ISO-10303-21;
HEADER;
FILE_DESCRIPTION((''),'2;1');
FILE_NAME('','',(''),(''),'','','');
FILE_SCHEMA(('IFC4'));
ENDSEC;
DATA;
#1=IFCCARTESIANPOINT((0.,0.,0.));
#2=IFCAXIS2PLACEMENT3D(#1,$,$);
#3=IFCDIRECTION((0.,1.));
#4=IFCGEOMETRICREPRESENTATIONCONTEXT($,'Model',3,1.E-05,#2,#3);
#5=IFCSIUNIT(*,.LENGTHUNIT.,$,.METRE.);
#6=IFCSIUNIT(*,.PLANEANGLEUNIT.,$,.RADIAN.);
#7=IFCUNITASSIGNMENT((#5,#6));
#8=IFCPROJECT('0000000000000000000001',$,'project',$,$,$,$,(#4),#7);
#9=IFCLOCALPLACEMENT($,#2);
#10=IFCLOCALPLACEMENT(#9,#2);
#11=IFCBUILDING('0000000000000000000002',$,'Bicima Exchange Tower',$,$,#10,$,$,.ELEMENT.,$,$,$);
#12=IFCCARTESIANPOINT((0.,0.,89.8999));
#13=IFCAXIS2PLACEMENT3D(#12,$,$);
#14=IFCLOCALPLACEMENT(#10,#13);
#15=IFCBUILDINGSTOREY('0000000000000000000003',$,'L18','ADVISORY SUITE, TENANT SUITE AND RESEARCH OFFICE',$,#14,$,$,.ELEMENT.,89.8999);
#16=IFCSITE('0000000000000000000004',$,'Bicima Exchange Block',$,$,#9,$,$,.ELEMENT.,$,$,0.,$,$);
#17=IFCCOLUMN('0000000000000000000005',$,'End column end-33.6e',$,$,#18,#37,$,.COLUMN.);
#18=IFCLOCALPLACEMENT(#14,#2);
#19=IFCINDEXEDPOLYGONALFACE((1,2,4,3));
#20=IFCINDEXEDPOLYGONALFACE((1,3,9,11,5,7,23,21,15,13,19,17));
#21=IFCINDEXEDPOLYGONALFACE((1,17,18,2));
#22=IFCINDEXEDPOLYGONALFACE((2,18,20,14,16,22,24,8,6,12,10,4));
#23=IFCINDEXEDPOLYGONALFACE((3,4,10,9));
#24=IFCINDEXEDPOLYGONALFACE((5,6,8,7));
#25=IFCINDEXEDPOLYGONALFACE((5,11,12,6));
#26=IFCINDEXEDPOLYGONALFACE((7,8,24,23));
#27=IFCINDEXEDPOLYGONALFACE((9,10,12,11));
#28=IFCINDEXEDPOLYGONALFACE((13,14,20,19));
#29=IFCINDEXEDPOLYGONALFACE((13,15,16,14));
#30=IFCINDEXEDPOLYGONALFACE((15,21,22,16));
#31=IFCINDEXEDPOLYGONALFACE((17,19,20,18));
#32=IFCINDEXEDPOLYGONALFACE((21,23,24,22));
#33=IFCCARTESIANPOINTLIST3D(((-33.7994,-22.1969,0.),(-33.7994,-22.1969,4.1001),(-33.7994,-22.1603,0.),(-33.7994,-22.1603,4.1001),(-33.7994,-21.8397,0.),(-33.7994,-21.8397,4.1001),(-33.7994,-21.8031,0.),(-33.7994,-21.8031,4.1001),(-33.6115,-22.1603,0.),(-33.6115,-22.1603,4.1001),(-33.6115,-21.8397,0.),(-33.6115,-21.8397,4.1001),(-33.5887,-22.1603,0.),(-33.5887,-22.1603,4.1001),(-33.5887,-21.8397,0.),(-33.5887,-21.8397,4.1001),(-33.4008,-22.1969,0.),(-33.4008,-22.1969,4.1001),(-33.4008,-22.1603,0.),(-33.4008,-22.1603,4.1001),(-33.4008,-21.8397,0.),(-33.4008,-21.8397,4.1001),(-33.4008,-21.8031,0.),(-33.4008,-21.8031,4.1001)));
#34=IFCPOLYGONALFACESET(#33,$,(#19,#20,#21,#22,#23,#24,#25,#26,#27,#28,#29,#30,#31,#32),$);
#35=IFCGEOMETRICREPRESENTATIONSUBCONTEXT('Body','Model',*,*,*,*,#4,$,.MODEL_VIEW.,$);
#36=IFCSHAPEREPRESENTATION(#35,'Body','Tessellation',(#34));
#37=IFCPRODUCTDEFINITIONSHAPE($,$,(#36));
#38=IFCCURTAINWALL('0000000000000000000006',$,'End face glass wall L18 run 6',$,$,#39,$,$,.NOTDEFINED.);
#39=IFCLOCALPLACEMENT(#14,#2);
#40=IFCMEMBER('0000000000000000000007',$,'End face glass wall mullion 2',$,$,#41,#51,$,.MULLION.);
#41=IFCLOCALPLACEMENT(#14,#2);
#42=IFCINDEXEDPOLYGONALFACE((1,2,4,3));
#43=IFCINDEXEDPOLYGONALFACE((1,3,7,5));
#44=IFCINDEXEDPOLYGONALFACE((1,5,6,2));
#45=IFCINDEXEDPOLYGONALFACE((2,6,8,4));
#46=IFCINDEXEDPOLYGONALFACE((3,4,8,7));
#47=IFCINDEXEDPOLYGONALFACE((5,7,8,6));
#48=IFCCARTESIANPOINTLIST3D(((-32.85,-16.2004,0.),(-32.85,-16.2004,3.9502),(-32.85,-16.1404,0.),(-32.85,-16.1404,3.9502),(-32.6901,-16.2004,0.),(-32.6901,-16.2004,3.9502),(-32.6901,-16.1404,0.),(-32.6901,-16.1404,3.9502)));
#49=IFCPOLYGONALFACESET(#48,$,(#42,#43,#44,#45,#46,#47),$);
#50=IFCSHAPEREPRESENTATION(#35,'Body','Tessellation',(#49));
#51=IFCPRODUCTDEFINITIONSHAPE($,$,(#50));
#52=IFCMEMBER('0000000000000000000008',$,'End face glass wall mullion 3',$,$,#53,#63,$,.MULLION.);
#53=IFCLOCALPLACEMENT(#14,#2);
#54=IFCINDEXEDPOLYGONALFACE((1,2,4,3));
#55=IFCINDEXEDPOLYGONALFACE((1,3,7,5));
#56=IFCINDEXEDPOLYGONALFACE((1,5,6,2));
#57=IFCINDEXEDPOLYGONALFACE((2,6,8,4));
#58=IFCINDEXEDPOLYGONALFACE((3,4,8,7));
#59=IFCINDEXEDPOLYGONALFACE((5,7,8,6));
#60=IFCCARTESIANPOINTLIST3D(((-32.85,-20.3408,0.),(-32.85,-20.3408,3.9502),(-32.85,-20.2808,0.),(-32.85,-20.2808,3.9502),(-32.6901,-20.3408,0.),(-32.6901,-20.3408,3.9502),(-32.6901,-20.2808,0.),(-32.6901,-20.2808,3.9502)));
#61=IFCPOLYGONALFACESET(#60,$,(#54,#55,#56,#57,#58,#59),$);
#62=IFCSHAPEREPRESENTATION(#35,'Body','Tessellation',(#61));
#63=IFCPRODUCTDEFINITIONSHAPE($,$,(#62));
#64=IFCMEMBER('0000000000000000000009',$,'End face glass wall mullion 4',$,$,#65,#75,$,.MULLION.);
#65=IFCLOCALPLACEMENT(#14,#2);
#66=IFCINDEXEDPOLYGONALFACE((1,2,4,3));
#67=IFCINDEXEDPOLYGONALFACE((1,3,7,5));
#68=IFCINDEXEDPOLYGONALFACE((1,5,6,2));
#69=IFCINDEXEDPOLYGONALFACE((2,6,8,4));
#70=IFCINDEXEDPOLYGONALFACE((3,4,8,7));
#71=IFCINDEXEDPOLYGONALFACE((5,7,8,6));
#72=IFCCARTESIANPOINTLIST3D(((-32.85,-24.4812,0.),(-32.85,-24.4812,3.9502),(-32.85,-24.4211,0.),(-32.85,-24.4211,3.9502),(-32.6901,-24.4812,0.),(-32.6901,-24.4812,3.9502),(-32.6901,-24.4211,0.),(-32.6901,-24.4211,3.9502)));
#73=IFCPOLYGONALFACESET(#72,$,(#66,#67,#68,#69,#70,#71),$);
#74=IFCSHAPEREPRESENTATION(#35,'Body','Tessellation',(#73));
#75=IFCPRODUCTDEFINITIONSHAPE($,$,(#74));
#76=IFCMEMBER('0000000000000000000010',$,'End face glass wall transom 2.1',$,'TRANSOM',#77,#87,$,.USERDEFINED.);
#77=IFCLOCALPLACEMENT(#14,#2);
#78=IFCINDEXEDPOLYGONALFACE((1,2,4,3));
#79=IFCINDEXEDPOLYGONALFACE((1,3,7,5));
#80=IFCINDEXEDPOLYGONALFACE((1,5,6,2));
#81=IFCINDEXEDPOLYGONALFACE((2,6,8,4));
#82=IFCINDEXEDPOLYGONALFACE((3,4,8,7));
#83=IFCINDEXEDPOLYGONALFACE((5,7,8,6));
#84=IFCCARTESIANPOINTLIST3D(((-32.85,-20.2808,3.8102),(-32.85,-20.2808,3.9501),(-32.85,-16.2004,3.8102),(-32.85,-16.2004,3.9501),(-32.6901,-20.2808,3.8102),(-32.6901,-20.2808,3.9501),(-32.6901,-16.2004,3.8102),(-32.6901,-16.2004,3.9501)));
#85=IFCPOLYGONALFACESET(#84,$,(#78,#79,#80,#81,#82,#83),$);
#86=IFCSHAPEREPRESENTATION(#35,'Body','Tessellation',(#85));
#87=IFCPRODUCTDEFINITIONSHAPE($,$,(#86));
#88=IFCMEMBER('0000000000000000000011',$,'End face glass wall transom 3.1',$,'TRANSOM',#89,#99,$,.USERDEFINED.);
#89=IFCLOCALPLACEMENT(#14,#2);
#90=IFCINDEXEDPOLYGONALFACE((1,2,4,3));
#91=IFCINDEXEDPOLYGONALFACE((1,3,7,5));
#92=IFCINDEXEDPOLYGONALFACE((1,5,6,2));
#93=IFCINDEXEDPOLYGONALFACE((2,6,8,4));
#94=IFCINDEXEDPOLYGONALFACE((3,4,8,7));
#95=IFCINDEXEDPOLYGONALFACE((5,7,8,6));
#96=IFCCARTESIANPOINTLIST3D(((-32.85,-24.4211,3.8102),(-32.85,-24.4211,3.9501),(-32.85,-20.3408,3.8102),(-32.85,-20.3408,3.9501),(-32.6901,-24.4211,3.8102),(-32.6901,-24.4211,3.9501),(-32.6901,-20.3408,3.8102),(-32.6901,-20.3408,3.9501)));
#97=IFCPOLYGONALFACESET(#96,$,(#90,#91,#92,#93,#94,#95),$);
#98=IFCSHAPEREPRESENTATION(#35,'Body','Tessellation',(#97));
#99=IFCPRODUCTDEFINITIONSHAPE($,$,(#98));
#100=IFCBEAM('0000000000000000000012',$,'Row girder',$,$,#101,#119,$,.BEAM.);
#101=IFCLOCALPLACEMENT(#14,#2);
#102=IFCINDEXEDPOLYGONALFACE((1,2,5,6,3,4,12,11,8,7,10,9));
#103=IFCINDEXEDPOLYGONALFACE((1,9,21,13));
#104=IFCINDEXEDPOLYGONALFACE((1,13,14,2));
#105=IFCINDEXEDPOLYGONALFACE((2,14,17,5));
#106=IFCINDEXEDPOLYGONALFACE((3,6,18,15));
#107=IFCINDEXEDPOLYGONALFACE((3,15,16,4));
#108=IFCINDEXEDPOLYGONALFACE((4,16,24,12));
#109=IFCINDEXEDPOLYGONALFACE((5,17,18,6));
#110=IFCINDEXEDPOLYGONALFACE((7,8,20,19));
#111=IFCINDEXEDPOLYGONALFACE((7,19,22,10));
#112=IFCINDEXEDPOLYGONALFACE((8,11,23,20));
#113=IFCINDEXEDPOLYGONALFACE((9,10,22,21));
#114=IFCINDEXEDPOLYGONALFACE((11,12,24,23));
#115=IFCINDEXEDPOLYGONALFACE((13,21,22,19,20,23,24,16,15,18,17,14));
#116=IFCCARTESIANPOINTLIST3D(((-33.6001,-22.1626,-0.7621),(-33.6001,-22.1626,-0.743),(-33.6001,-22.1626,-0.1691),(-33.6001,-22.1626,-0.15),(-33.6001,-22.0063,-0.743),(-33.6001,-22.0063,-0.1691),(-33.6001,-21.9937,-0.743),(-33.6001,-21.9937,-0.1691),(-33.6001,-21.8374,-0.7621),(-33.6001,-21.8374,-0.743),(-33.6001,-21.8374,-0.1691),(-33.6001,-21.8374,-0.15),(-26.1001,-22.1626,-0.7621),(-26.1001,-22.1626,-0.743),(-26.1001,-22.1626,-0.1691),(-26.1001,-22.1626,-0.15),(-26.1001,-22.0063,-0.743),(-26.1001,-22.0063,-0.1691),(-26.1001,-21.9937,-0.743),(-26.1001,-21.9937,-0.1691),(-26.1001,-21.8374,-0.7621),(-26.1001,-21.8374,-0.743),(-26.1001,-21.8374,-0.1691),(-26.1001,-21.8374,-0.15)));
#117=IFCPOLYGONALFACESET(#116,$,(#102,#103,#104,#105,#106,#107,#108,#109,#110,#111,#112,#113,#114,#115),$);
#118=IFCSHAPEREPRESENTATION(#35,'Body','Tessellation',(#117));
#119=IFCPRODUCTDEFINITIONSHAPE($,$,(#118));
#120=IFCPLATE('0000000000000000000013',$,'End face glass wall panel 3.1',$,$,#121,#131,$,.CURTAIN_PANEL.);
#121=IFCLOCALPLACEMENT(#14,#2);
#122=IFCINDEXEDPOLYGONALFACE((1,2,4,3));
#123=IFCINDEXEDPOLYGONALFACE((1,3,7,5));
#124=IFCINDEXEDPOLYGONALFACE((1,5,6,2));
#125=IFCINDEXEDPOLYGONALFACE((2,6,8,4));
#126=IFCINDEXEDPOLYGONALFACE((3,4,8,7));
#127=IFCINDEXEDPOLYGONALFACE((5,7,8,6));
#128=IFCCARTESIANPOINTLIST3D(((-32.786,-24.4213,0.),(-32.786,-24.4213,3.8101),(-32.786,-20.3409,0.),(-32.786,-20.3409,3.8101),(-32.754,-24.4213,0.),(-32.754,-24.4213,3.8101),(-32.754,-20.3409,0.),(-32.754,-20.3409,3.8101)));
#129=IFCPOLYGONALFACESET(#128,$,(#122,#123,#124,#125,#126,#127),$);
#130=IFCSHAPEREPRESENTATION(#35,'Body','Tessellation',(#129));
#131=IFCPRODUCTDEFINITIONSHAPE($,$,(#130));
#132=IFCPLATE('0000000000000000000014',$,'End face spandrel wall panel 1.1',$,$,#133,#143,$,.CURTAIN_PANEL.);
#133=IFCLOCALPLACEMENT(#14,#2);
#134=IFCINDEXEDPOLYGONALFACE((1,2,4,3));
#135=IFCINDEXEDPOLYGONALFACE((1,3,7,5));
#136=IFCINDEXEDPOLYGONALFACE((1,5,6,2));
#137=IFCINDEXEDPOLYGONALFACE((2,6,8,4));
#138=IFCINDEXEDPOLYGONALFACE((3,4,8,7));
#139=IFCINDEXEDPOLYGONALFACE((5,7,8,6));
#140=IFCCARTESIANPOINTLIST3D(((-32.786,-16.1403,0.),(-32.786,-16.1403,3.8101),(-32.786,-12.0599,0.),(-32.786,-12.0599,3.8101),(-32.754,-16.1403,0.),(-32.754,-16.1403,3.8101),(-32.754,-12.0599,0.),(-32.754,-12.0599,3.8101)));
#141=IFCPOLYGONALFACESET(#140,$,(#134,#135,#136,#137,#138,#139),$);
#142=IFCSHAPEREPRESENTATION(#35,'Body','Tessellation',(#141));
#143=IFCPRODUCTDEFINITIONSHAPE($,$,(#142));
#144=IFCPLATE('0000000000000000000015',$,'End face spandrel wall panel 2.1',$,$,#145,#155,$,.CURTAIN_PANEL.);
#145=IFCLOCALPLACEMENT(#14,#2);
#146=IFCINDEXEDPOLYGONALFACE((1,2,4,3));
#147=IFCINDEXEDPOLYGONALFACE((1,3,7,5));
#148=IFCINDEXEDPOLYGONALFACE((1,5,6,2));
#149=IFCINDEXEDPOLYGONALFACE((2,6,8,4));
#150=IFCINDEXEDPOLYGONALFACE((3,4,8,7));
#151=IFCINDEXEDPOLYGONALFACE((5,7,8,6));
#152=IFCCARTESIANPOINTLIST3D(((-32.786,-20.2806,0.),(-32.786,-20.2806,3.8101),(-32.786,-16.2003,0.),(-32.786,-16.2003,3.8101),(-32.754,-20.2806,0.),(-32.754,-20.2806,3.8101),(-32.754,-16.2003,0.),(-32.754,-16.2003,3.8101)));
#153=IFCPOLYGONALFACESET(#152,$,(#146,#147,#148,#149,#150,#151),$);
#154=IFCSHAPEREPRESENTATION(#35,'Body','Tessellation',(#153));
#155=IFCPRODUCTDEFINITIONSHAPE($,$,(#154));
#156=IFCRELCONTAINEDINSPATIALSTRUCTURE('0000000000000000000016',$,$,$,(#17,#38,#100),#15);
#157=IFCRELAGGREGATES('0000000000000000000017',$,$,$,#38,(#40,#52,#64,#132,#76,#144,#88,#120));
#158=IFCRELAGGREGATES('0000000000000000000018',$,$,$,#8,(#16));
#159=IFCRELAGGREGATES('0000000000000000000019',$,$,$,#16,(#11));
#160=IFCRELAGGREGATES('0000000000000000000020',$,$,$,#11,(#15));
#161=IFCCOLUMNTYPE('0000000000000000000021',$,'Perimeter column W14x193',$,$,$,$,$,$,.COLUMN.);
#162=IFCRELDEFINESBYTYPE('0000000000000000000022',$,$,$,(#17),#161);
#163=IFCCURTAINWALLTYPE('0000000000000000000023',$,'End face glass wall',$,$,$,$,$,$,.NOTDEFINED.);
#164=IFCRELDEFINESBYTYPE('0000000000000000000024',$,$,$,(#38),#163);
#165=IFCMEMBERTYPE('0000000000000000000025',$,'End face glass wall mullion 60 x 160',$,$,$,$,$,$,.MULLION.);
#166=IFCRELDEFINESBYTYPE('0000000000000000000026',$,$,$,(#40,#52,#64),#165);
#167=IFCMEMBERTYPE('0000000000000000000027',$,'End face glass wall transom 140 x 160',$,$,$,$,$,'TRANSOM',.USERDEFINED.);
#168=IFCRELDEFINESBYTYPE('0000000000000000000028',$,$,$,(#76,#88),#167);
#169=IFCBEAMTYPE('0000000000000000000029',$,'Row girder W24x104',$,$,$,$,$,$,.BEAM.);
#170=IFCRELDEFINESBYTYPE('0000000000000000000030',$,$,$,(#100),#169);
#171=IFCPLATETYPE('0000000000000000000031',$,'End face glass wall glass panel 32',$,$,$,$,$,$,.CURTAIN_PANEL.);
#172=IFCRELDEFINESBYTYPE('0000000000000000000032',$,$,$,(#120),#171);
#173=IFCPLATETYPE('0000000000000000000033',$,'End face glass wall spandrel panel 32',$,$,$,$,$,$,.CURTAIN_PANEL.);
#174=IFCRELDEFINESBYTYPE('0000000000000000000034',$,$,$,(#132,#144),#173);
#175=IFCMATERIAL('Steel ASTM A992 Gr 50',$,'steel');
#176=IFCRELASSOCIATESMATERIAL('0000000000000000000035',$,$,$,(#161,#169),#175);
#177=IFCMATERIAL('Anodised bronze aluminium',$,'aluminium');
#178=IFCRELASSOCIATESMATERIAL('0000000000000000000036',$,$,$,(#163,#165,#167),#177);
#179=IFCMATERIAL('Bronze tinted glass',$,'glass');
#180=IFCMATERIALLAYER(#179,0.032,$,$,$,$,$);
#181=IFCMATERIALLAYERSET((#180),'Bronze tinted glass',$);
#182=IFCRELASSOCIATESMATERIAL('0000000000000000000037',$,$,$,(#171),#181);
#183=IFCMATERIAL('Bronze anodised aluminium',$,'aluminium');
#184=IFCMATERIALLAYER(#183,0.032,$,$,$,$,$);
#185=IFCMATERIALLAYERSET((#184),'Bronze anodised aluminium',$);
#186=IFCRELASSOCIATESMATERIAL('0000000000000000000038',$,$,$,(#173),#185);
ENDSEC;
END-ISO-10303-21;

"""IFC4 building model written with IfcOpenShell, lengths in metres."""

from ifc_helpers import new_model, si_unit, direction, frame, origin, origin_2d, place, context, subcontext, project, spatial, rectangle, i_section, extrude, material, layer, layer_set, material_profile, profile_set, type_object, element, aggregate, save


model = new_model("IFC4")

# Units and contexts
model_context = context("Model", 3, precision=1e-05, world=origin(), true_north=direction((0.0, 1.0)))
body_context = subcontext(model_context, "Body", "Model", "MODEL_VIEW")
ifc_project = project(units=[si_unit("LENGTHUNIT", "METRE"), si_unit("PLANEANGLEUNIT", "RADIAN")], contexts=[model_context])

# Site, building, storey
site_placement = place(None, origin())
site = spatial("IfcSite", under=ifc_project, at=site_placement, Name="Bicima Exchange Block", CompositionType="ELEMENT", RefElevation=0.0)
building_placement = place(site_placement, origin())
building = spatial("IfcBuilding", under=site, at=building_placement, Name="Bicima Exchange Tower", CompositionType="ELEMENT")
storey_placement = place(building_placement, frame((0.0, 0.0, 89.8999)))
storey = spatial("IfcBuildingStorey", under=building, at=storey_placement, Name="L18", Description="ADVISORY SUITE, TENANT SUITE AND RESEARCH OFFICE", CompositionType="ELEMENT", Elevation=89.8999)

# Column
ifc_material_1 = material(Name="Steel ASTM A992 Gr 50", Category="steel")
ifc_material_profile_1 = material_profile(ifc_material_1, i_section(OverallWidth=0.3987, OverallDepth=0.3938, WebThickness=0.0227, FlangeThickness=0.0366, at=origin_2d()))
ifc_profile_set_1 = profile_set([ifc_material_profile_1], Name="Steel ASTM A992 Gr 50")
column_type = type_object("IfcColumnType", Name="Perimeter column W14x193", PredefinedType="COLUMN", material=ifc_profile_set_1)
column_placement = place(storey_placement, frame((-33.6001, -22.0, 0.0), z_axis=(0.0, 0.0, 1.0), x_axis=(1.0, 0.0, 0.0)))
element("IfcColumn", 1, at=column_placement, inside=storey, type_object=column_type, Name="End column end-33.6e", PredefinedType="COLUMN", context=body_context, shape_type="SweptSolid", body=[
    extrude(i_section(OverallWidth=0.3987, OverallDepth=0.3938, WebThickness=0.0227, FlangeThickness=0.0366, at=origin_2d()), origin(), (0.0, 0.0, 1.0), 4.1001),
])

# Curtain wall, members
ifc_material_2 = material(Name="Anodised bronze aluminium", Category="aluminium")
curtain_wall_type = type_object("IfcCurtainWallType", Name="End face glass wall", PredefinedType="NOTDEFINED", material=ifc_material_2)
curtain_wall_placement = place(storey_placement, origin())
curtain_wall = element("IfcCurtainWall", 2, at=curtain_wall_placement, inside=storey, type_object=curtain_wall_type, Name="End face glass wall L18 run 6", PredefinedType="NOTDEFINED")
ifc_material_profile_2 = material_profile(ifc_material_2, rectangle(XDim=0.1599, YDim=0.0601, at=origin_2d()))
ifc_profile_set_2 = profile_set([ifc_material_profile_2], Name="Anodised bronze aluminium")
member_type_1 = type_object("IfcMemberType", Name="End face glass wall mullion 60 x 160", PredefinedType="MULLION", material=ifc_profile_set_2)
member_1_placement = place(storey_placement, frame((-32.77, -16.1704, 0.0), z_axis=(0.0, 0.0, 1.0), x_axis=(1.0, 0.0, 0.0)))
member_1 = element("IfcMember", 3, at=member_1_placement, type_object=member_type_1, Name="End face glass wall mullion 2", PredefinedType="MULLION", context=body_context, shape_type="SweptSolid", body=[
    extrude(rectangle(XDim=0.1599, YDim=0.0601, at=origin_2d()), origin(), (0.0, 0.0, 1.0), 3.9502),
])
member_2_placement = place(storey_placement, frame((-32.77, -20.3108, 0.0), z_axis=(0.0, 0.0, 1.0), x_axis=(1.0, 0.0, 0.0)))
member_2 = element("IfcMember", 4, at=member_2_placement, type_object=member_type_1, Name="End face glass wall mullion 3", PredefinedType="MULLION", context=body_context, shape_type="SweptSolid", body=[
    extrude(rectangle(XDim=0.1599, YDim=0.0601, at=origin_2d()), origin(), (0.0, 0.0, 1.0), 3.9502),
])
member_3_placement = place(storey_placement, frame((-32.77, -24.4512, 0.0), z_axis=(0.0, 0.0, 1.0), x_axis=(1.0, 0.0, 0.0)))
member_3 = element("IfcMember", 5, at=member_3_placement, type_object=member_type_1, Name="End face glass wall mullion 4", PredefinedType="MULLION", context=body_context, shape_type="SweptSolid", body=[
    extrude(rectangle(XDim=0.1599, YDim=0.0601, at=origin_2d()), origin(), (0.0, 0.0, 1.0), 3.9502),
])
ifc_material_profile_3 = material_profile(ifc_material_2, rectangle(XDim=0.1599, YDim=0.1399, at=origin_2d()))
ifc_profile_set_3 = profile_set([ifc_material_profile_3], Name="Anodised bronze aluminium")
member_type_2 = type_object("IfcMemberType", Name="End face glass wall transom 140 x 160", ElementType="TRANSOM", PredefinedType="USERDEFINED", material=ifc_profile_set_3)
member_4_placement = place(storey_placement, frame((-32.77, -16.2004, 3.8801), z_axis=(0.0, -1.0, 0.0), x_axis=(1.0, 0.0, 0.0)))
member_4 = element("IfcMember", 6, at=member_4_placement, type_object=member_type_2, Name="End face glass wall transom 2.1", ObjectType="TRANSOM", PredefinedType="USERDEFINED", context=body_context, shape_type="SweptSolid", body=[
    extrude(rectangle(XDim=0.1599, YDim=0.1399, at=origin_2d()), origin(), (0.0, 0.0, 1.0), 4.0803),
])
member_5_placement = place(storey_placement, frame((-32.77, -20.3408, 3.8801), z_axis=(0.0, -1.0, 0.0), x_axis=(1.0, 0.0, 0.0)))
member_5 = element("IfcMember", 7, at=member_5_placement, type_object=member_type_2, Name="End face glass wall transom 3.1", ObjectType="TRANSOM", PredefinedType="USERDEFINED", context=body_context, shape_type="SweptSolid", body=[
    extrude(rectangle(XDim=0.1599, YDim=0.1399, at=origin_2d()), origin(), (0.0, 0.0, 1.0), 4.0803),
])

# Beam
ifc_material_profile_4 = material_profile(ifc_material_1, i_section(OverallWidth=0.3252, OverallDepth=0.6121, WebThickness=0.0127, FlangeThickness=0.019, at=origin_2d()))
ifc_profile_set_4 = profile_set([ifc_material_profile_4], Name="Steel ASTM A992 Gr 50")
beam_type = type_object("IfcBeamType", Name="Row girder W24x104", PredefinedType="BEAM", material=ifc_profile_set_4)
beam_placement = place(storey_placement, frame((-33.6001, -22.0, -0.4561), z_axis=(1.0, 0.0, 0.0), x_axis=(0.0, 1.0, 0.0)))
element("IfcBeam", 8, at=beam_placement, inside=storey, type_object=beam_type, Name="Row girder", PredefinedType="BEAM", context=body_context, shape_type="SweptSolid", body=[
    extrude(i_section(OverallWidth=0.3252, OverallDepth=0.6121, WebThickness=0.0127, FlangeThickness=0.019, at=origin_2d()), origin(), (0.0, 0.0, 1.0), 7.5),
])

# Plates
ifc_material_3 = material(Name="Bronze tinted glass", Category="glass")
ifc_layer_1 = layer(ifc_material_3, 0.032)
ifc_layer_set_1 = layer_set([ifc_layer_1], Name="Bronze tinted glass")
plate_type_1 = type_object("IfcPlateType", Name="End face glass wall glass panel 32", PredefinedType="CURTAIN_PANEL", material=ifc_layer_set_1)
plate_1_placement = place(storey_placement, frame((-32.77, -22.3811, 0.0), z_axis=(0.0, 0.0, 1.0), x_axis=(0.0, -1.0, 0.0)))
plate_1 = element("IfcPlate", 9, at=plate_1_placement, type_object=plate_type_1, Name="End face glass wall panel 3.1", PredefinedType="CURTAIN_PANEL", context=body_context, shape_type="SweptSolid", body=[
    extrude(rectangle(XDim=4.0803, YDim=0.032, at=origin_2d()), origin(), (0.0, 0.0, 1.0), 3.8101),
])
ifc_material_4 = material(Name="Bronze anodised aluminium", Category="aluminium")
ifc_layer_2 = layer(ifc_material_4, 0.032)
ifc_layer_set_2 = layer_set([ifc_layer_2], Name="Bronze anodised aluminium")
plate_type_2 = type_object("IfcPlateType", Name="End face glass wall spandrel panel 32", PredefinedType="CURTAIN_PANEL", material=ifc_layer_set_2)
plate_2_placement = place(storey_placement, frame((-32.77, -14.1001, 0.0), z_axis=(0.0, 0.0, 1.0), x_axis=(0.0, -1.0, 0.0)))
plate_2 = element("IfcPlate", 10, at=plate_2_placement, type_object=plate_type_2, Name="End face spandrel wall panel 1.1", PredefinedType="CURTAIN_PANEL", context=body_context, shape_type="SweptSolid", body=[
    extrude(rectangle(XDim=4.0803, YDim=0.032, at=origin_2d()), origin(), (0.0, 0.0, 1.0), 3.8101),
])
plate_3_placement = place(storey_placement, frame((-32.77, -18.2405, 0.0), z_axis=(0.0, 0.0, 1.0), x_axis=(0.0, -1.0, 0.0)))
plate_3 = element("IfcPlate", 11, at=plate_3_placement, type_object=plate_type_2, Name="End face spandrel wall panel 2.1", PredefinedType="CURTAIN_PANEL", context=body_context, shape_type="SweptSolid", body=[
    extrude(rectangle(XDim=4.0803, YDim=0.032, at=origin_2d()), origin(), (0.0, 0.0, 1.0), 3.8101),
])
aggregate(curtain_wall, [member_1, member_2, member_3, plate_2, member_4, plate_3, member_5, plate_1])

save(model, "model.ifc")
